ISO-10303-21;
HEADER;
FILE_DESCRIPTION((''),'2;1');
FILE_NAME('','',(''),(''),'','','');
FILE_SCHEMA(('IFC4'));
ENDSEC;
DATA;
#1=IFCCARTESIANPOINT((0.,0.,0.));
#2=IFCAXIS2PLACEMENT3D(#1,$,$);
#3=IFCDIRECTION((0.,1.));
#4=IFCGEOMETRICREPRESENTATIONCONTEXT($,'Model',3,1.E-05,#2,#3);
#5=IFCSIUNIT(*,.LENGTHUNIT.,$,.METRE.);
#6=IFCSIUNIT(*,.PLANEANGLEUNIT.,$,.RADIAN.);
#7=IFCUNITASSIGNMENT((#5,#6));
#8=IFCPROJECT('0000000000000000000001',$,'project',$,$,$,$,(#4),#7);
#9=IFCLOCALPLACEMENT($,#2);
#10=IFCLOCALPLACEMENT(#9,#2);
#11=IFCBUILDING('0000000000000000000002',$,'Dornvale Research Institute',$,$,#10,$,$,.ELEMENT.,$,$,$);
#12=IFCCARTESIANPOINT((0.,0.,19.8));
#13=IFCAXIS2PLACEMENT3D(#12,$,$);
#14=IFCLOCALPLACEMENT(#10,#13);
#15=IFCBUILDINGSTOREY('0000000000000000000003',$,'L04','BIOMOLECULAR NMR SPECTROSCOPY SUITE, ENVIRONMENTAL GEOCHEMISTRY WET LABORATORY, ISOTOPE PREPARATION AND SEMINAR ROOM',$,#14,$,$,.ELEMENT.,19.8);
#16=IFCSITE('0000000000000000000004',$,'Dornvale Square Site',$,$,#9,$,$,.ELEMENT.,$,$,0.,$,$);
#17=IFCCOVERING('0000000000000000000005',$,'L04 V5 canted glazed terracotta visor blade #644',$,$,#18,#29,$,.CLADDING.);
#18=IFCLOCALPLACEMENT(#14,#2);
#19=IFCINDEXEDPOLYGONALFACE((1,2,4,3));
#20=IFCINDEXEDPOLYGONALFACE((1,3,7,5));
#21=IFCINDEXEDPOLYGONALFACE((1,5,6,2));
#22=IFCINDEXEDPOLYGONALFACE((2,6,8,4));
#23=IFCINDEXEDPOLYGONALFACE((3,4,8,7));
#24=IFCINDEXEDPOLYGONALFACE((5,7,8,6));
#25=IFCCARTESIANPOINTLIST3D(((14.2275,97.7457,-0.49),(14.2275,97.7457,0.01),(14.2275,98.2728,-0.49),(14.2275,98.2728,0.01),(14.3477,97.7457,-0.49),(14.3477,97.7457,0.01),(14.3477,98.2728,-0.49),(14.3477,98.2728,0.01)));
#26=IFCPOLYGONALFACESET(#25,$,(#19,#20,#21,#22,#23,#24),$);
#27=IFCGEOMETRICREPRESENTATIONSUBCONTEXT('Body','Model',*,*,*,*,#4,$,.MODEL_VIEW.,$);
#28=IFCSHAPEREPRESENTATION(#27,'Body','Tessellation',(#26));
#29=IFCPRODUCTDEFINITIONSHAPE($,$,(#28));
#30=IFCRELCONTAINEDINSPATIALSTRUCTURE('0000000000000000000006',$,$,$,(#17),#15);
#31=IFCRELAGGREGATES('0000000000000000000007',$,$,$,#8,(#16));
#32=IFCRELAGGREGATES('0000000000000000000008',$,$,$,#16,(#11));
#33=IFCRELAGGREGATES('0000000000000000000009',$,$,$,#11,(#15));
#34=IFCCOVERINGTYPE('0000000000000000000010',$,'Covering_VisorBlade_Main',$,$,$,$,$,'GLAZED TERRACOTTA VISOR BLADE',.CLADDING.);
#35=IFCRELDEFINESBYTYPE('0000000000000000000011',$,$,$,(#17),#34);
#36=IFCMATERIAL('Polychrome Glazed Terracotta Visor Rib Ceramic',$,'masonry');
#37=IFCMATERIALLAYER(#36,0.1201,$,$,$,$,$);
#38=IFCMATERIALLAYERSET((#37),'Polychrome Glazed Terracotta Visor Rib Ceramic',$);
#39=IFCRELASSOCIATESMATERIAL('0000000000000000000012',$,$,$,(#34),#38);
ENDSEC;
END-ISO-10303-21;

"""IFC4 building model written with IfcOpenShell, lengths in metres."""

from ifc_helpers import new_model, si_unit, direction, frame, origin, origin_2d, place, context, subcontext, project, spatial, rectangle, extrude, material, layer, layer_set, type_object, element, save


model = new_model("IFC4")

# Units and contexts
model_context = context("Model", 3, precision=1e-05, world=origin(), true_north=direction((0.0, 1.0)))
body_context = subcontext(model_context, "Body", "Model", "MODEL_VIEW")
ifc_project = project(units=[si_unit("LENGTHUNIT", "METRE"), si_unit("PLANEANGLEUNIT", "RADIAN")], contexts=[model_context])

# Site, building, storey
site_placement = place(None, origin())
site = spatial("IfcSite", under=ifc_project, at=site_placement, Name="Dornvale Square Site", CompositionType="ELEMENT", RefElevation=0.0)
building_placement = place(site_placement, origin())
building = spatial("IfcBuilding", under=site, at=building_placement, Name="Dornvale Research Institute", CompositionType="ELEMENT")
storey_placement = place(building_placement, frame((0.0, 0.0, 19.8)))
storey = spatial("IfcBuildingStorey", under=building, at=storey_placement, Name="L04", Description="BIOMOLECULAR NMR SPECTROSCOPY SUITE, ENVIRONMENTAL GEOCHEMISTRY WET LABORATORY, ISOTOPE PREPARATION AND SEMINAR ROOM", CompositionType="ELEMENT", Elevation=19.8)

# Covering
ifc_material_1 = material(Name="Polychrome Glazed Terracotta Visor Rib Ceramic", Category="masonry")
ifc_layer_1 = layer(ifc_material_1, 0.1201)
ifc_layer_set_1 = layer_set([ifc_layer_1], Name="Polychrome Glazed Terracotta Visor Rib Ceramic")
covering_type = type_object("IfcCoveringType", Name="Covering_VisorBlade_Main", ElementType="GLAZED TERRACOTTA VISOR BLADE", PredefinedType="CLADDING", material=ifc_layer_set_1)
covering_1_placement = place(storey_placement, frame((14.2876, 98.0093, -0.49), z_axis=(0.0, 0.0, 1.0), x_axis=(0.0, 1.0, 0.0)))
element("IfcCovering", 1, at=covering_1_placement, inside=storey, type_object=covering_type, Name="L04 V5 canted glazed terracotta visor blade #644", PredefinedType="CLADDING", context=body_context, shape_type="SweptSolid", body=[
    extrude(rectangle(XDim=0.5271, YDim=0.1201, at=origin_2d()), origin(), (0.0, 0.0, 1.0), 0.5),
])

save(model, "model.ifc")
